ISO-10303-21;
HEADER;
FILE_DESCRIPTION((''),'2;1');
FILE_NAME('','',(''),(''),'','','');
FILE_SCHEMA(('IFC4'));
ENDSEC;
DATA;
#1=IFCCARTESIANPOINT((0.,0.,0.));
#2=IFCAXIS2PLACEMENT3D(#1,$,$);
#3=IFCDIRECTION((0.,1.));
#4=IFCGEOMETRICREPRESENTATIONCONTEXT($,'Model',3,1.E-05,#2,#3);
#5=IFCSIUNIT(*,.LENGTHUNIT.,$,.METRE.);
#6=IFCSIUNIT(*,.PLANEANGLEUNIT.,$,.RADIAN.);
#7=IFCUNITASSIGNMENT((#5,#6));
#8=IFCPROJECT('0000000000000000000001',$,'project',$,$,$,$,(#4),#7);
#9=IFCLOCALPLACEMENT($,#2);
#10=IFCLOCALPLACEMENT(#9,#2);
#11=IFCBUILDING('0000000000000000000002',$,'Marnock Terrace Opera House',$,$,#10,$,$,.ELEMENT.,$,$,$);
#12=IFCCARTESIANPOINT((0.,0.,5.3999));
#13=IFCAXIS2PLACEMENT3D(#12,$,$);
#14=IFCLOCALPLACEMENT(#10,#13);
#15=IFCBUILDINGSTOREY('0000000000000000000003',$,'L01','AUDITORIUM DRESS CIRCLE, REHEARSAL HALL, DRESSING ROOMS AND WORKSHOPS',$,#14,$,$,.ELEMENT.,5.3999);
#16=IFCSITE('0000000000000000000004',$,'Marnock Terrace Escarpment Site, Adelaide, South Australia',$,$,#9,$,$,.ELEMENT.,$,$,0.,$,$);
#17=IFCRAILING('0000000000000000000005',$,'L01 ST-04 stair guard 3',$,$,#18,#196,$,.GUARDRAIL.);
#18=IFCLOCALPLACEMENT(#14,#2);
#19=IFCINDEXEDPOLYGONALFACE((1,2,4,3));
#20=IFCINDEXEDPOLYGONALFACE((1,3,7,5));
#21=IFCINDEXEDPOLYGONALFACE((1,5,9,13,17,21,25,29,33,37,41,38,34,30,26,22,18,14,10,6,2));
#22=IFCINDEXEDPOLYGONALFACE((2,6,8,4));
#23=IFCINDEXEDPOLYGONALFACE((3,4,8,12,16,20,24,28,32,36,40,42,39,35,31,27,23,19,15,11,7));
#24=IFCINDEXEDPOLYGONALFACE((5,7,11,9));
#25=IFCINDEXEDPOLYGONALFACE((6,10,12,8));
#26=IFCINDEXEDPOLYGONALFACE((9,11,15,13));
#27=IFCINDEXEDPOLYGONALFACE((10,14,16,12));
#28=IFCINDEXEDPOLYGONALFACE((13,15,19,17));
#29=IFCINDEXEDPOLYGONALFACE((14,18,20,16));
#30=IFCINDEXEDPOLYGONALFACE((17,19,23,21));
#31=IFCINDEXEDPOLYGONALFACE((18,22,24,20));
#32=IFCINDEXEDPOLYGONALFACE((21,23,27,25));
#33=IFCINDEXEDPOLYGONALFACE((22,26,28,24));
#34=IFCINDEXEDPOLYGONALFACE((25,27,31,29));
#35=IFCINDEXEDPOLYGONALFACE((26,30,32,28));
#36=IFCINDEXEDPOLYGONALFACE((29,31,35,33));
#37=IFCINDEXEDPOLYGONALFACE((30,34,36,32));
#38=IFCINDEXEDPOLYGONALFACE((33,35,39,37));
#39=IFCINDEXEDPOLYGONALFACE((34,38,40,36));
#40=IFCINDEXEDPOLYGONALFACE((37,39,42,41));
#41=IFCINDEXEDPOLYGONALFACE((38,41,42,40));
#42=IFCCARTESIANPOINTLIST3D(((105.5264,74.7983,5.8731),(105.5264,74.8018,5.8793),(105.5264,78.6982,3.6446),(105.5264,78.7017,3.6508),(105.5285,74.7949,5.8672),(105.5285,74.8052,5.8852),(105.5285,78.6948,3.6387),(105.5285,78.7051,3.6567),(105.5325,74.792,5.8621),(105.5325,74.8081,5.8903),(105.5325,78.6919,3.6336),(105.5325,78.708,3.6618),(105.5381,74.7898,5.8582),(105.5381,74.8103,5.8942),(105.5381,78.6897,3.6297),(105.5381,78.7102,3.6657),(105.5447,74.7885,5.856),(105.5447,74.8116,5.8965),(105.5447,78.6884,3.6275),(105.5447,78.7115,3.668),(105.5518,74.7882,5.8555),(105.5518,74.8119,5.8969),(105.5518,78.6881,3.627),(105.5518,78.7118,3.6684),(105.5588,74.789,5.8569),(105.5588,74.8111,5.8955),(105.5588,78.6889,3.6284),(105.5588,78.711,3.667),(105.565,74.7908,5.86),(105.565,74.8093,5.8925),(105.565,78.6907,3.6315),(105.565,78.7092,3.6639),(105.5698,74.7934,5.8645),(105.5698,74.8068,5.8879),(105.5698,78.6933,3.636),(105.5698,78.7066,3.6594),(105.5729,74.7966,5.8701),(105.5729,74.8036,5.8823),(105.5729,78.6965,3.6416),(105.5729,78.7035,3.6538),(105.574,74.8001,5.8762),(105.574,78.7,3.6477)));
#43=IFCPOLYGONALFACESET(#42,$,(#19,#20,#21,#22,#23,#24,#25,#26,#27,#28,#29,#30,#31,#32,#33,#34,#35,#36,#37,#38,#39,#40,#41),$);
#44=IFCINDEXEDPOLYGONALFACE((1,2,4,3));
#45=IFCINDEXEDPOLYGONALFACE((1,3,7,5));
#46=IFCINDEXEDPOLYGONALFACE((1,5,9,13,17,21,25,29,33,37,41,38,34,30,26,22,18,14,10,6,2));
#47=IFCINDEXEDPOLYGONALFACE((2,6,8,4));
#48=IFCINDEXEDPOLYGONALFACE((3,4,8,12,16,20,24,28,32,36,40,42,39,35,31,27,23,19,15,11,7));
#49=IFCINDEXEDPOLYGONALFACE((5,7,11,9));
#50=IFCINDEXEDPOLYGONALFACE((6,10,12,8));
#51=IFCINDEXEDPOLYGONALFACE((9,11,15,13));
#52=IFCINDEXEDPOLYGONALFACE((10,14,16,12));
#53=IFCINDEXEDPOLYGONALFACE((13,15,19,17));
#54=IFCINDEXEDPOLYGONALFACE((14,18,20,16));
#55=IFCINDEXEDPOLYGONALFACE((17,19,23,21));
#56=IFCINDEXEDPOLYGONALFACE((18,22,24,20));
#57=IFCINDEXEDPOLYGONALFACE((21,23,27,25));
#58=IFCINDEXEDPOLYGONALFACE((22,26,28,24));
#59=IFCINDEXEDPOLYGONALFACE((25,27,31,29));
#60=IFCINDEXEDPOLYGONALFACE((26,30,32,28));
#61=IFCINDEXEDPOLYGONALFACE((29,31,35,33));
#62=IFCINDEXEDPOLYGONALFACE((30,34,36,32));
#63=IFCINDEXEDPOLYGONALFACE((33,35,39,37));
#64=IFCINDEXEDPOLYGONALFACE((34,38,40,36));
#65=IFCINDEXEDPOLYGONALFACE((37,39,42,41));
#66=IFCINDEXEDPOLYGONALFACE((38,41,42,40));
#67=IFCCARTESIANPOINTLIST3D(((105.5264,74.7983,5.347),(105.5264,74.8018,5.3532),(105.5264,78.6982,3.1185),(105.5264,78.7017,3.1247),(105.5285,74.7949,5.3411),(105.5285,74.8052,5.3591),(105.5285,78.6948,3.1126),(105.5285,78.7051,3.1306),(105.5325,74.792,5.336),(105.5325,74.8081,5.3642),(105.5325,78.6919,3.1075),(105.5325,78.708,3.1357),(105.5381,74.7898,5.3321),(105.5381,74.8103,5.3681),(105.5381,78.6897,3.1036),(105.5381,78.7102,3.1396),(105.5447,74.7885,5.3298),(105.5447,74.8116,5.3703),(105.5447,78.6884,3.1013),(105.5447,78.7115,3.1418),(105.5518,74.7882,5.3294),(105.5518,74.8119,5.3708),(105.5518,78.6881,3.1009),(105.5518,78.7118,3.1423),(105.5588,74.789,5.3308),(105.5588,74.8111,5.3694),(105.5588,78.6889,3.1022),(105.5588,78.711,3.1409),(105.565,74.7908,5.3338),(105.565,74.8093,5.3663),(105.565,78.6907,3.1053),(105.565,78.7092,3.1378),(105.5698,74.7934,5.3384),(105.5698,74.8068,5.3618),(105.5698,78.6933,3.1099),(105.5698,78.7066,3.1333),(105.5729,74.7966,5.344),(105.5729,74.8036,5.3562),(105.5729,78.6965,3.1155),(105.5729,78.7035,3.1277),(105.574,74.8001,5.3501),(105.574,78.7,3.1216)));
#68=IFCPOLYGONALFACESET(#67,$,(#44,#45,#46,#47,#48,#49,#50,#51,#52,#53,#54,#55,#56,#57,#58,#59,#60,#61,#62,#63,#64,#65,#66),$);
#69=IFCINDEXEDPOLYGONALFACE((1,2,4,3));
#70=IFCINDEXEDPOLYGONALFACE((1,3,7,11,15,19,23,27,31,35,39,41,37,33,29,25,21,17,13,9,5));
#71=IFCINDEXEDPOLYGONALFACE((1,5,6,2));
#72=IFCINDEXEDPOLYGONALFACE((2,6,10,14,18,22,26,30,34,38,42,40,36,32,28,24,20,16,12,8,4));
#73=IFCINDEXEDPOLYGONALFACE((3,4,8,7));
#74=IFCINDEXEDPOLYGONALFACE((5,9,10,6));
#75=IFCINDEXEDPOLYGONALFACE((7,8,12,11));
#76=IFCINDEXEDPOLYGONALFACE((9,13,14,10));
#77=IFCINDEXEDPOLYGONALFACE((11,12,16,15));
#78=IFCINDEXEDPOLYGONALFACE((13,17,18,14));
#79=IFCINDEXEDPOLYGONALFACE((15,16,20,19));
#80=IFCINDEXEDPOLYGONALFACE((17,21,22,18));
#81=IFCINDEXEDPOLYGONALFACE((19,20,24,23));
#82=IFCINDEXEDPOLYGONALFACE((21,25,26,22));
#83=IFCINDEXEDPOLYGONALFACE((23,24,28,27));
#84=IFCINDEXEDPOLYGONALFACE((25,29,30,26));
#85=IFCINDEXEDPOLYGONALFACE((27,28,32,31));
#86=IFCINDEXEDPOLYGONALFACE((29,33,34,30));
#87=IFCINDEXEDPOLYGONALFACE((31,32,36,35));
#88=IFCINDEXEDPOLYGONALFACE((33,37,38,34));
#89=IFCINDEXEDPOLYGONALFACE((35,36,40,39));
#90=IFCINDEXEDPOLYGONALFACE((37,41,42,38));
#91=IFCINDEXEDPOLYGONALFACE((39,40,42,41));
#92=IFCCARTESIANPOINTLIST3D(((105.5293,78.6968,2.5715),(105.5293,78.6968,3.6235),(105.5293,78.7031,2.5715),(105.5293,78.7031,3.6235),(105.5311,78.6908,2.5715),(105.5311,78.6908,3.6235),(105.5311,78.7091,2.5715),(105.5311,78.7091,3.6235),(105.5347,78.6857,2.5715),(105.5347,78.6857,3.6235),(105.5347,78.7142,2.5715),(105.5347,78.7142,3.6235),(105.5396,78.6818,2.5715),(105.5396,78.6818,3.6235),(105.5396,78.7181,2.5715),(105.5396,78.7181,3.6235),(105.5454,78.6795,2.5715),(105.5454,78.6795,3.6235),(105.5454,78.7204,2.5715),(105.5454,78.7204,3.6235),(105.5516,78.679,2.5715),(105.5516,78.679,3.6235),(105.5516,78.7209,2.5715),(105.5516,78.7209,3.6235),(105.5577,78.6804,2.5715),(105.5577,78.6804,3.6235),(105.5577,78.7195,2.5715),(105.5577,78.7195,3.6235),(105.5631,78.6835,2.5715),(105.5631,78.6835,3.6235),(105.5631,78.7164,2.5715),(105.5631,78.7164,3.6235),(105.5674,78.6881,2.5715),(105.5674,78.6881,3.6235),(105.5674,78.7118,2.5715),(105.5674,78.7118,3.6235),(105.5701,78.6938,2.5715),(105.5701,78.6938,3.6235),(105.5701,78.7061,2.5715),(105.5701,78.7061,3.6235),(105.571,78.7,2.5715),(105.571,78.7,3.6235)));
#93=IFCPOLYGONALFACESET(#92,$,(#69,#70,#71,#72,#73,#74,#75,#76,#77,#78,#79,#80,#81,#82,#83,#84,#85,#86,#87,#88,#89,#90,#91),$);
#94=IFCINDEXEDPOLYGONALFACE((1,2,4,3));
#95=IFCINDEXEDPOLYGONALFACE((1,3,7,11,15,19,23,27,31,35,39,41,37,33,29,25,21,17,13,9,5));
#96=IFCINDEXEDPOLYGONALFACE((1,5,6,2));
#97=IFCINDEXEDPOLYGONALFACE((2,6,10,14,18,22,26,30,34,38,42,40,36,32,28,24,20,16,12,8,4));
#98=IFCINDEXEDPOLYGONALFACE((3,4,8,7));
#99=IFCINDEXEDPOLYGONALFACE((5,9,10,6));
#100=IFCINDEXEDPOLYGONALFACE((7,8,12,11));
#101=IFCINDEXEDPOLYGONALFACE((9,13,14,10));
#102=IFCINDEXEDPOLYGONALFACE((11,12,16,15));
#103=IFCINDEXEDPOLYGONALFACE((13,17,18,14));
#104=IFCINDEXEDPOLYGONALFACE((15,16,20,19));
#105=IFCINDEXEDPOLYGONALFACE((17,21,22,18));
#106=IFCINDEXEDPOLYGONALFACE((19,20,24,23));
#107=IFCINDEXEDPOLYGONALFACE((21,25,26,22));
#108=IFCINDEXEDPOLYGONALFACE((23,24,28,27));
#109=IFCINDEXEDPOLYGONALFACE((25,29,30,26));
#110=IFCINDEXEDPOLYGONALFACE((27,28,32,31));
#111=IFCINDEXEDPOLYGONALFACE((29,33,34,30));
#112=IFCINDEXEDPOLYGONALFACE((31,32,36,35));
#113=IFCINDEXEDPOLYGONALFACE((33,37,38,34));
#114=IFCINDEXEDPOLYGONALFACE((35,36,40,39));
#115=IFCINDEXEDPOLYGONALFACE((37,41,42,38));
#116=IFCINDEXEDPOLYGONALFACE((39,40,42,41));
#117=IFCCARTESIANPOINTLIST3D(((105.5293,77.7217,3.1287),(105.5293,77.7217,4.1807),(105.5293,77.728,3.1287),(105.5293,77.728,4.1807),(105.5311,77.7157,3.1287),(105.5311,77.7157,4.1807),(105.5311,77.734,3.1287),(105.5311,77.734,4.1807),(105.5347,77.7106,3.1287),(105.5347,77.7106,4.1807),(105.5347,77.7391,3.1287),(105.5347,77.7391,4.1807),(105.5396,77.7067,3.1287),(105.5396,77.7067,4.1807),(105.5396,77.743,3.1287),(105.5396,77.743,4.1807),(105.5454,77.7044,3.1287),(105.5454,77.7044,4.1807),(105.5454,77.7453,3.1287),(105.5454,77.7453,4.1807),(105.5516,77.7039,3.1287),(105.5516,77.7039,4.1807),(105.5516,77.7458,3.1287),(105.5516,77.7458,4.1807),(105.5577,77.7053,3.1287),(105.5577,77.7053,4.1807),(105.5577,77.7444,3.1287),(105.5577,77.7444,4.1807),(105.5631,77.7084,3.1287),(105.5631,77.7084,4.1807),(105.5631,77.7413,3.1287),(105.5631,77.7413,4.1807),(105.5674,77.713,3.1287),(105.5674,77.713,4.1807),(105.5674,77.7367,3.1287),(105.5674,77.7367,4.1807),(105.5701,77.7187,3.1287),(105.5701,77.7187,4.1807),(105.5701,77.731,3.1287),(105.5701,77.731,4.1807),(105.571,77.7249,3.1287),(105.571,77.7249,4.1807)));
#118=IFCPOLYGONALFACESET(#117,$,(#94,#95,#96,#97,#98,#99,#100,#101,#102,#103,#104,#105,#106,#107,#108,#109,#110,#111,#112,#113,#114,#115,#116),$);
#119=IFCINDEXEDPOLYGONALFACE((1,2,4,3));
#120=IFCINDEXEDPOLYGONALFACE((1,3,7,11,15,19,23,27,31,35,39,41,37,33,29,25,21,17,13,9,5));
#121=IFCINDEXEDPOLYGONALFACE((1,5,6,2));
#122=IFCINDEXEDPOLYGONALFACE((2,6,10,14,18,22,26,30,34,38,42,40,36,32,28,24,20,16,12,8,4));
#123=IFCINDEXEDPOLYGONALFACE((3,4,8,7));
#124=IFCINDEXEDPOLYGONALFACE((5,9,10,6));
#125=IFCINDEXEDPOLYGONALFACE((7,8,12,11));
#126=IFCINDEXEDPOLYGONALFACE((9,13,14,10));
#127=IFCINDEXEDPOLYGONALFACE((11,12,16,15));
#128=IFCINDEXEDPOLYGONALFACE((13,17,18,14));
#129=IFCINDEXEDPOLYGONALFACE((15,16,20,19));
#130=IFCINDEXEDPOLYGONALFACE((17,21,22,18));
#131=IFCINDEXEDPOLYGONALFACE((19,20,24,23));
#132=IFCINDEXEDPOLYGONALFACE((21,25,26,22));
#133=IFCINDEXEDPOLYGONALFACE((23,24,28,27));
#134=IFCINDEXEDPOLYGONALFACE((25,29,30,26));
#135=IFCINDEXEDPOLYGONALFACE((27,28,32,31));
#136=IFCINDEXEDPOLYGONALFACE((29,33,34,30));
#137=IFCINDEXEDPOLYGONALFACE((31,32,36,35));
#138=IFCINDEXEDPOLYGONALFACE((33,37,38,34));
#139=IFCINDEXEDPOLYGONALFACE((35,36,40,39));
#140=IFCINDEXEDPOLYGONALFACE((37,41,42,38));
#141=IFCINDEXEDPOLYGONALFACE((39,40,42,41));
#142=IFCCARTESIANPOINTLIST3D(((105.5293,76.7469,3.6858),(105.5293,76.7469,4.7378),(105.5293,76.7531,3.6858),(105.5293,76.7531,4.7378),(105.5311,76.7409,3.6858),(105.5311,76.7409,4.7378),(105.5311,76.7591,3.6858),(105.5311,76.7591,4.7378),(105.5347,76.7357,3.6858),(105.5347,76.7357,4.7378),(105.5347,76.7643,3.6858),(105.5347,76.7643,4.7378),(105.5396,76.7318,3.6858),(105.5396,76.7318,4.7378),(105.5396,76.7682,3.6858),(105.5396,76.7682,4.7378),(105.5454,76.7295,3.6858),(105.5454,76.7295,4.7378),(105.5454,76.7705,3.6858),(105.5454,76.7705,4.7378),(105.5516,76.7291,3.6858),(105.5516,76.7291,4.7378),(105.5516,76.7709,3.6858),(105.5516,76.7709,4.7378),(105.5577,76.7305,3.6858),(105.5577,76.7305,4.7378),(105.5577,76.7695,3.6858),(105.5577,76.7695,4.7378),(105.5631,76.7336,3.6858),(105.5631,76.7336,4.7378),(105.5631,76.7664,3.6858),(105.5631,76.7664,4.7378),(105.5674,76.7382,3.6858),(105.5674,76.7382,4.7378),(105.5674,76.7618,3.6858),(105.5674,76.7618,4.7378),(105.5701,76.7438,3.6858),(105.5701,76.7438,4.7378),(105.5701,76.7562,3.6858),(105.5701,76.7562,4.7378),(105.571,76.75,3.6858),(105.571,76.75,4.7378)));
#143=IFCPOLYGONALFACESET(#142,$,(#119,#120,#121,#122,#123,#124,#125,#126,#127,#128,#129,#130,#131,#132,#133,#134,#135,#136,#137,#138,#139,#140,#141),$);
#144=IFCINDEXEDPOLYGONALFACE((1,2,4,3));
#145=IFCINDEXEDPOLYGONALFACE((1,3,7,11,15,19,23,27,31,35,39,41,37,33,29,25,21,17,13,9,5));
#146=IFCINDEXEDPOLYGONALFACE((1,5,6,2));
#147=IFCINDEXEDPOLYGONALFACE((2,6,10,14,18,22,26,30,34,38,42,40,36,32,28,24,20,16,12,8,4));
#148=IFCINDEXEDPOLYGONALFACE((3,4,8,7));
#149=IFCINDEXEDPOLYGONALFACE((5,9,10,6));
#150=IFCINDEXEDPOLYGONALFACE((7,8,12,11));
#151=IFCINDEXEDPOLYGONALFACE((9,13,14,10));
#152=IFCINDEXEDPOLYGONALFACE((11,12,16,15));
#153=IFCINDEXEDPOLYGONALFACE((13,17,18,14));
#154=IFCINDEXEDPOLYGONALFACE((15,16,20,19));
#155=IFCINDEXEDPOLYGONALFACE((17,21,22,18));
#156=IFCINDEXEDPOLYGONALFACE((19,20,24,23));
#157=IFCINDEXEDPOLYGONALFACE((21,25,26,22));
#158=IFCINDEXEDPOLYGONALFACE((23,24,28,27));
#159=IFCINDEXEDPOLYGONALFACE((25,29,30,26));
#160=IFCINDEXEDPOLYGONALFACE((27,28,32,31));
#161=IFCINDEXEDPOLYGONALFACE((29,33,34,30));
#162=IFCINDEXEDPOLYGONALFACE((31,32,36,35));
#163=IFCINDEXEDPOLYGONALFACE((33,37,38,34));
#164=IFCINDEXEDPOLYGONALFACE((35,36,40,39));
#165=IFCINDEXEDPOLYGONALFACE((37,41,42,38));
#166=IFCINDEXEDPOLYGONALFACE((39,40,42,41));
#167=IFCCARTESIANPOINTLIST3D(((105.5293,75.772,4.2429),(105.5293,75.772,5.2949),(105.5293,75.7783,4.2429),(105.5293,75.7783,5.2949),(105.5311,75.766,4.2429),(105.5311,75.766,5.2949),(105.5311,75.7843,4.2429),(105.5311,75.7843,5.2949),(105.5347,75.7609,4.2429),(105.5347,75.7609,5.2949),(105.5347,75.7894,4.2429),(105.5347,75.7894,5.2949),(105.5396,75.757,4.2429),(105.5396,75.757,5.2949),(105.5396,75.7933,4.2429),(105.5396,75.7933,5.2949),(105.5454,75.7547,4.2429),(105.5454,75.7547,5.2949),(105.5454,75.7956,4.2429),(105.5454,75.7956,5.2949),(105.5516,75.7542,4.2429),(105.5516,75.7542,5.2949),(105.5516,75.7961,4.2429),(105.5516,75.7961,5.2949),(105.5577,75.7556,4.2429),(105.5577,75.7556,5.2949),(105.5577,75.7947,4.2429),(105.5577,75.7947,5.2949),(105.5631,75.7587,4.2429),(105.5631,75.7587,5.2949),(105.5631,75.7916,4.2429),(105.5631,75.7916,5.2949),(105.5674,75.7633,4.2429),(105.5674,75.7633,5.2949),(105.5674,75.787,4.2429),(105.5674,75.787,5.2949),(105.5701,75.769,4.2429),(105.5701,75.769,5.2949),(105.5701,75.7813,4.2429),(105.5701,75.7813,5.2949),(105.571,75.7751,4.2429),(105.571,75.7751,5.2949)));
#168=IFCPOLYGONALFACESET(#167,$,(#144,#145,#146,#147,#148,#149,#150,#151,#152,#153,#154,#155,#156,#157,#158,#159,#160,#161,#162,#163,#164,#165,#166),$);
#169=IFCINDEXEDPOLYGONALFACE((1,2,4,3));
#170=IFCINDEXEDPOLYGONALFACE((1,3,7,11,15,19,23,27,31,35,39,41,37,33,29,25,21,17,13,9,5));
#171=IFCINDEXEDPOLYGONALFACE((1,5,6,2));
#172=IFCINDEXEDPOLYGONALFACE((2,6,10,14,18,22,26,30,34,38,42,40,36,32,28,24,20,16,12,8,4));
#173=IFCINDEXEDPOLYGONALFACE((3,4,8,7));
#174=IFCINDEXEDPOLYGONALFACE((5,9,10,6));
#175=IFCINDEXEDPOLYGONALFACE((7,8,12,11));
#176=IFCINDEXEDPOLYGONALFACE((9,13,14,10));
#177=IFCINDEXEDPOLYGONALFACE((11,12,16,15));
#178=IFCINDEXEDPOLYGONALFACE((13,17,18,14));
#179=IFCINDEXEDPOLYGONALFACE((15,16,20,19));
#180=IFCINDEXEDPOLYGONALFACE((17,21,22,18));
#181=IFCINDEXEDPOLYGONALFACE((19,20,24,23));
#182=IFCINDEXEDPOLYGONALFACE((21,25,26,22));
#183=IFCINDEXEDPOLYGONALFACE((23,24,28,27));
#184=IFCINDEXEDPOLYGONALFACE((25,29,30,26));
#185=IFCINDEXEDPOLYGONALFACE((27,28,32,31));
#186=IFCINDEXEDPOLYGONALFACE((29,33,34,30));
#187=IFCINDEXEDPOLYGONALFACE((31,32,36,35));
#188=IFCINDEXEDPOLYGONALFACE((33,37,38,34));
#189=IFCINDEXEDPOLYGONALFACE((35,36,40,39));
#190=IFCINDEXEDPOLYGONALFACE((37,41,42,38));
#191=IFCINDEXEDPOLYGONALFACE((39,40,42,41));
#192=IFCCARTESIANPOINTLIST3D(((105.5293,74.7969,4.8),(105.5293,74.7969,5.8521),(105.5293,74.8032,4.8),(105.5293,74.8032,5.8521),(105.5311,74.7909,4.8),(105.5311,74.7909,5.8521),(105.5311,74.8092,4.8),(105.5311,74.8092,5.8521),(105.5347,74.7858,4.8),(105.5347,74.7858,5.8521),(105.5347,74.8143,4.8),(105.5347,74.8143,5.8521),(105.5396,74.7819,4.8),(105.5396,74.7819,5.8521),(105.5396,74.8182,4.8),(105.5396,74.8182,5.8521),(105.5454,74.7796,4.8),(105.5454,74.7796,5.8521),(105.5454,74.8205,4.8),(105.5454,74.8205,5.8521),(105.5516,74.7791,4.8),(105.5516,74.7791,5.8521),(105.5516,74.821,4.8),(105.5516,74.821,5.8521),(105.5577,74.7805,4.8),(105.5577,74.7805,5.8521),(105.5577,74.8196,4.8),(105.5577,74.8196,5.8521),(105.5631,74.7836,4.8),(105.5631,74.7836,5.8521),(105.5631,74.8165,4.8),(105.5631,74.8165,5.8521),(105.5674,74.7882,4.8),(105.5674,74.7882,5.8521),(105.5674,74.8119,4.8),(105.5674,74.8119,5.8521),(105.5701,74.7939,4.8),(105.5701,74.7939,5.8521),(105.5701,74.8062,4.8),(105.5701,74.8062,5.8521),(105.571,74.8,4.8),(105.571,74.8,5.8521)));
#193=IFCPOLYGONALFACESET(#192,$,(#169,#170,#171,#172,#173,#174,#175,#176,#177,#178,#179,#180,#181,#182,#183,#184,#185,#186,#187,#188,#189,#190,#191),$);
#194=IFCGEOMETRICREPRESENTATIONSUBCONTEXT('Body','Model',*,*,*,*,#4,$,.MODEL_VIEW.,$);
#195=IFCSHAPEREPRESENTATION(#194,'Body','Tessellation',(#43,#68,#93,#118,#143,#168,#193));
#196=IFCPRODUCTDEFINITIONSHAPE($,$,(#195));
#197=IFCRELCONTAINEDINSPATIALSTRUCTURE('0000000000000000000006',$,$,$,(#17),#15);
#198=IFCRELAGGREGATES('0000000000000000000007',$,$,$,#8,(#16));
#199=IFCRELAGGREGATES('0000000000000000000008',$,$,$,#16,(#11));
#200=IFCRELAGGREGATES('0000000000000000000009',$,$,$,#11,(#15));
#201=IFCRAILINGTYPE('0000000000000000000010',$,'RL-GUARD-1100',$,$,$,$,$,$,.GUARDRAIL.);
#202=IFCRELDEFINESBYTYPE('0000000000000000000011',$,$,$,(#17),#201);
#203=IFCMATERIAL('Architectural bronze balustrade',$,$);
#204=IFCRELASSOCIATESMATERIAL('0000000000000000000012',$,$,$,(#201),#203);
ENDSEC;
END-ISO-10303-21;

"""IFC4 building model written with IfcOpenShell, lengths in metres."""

from ifc_helpers import new_model, si_unit, direction, frame, origin, origin_2d, place, context, subcontext, project, spatial, circle, extrude, material, type_object, element, save


model = new_model("IFC4")

# Units and contexts
model_context = context("Model", 3, precision=1e-05, world=origin(), true_north=direction((0.0, 1.0)))
body_context = subcontext(model_context, "Body", "Model", "MODEL_VIEW")
ifc_project = project(units=[si_unit("LENGTHUNIT", "METRE"), si_unit("PLANEANGLEUNIT", "RADIAN")], contexts=[model_context])

# Site, building, storey
site_placement = place(None, origin())
site = spatial("IfcSite", under=ifc_project, at=site_placement, Name="Marnock Terrace Escarpment Site, Adelaide, South Australia", CompositionType="ELEMENT", RefElevation=0.0)
building_placement = place(site_placement, origin())
building = spatial("IfcBuilding", under=site, at=building_placement, Name="Marnock Terrace Opera House", CompositionType="ELEMENT")
storey_placement = place(building_placement, frame((0.0, 0.0, 5.3999)))
storey = spatial("IfcBuildingStorey", under=building, at=storey_placement, Name="L01", Description="AUDITORIUM DRESS CIRCLE, REHEARSAL HALL, DRESSING ROOMS AND WORKSHOPS", CompositionType="ELEMENT", Elevation=5.3999)

# Railing
ifc_material_1 = material(Name="Architectural bronze balustrade")
railing_type_1 = type_object("IfcRailingType", Name="RL-GUARD-1100", PredefinedType="GUARDRAIL", material=ifc_material_1)
railing_1_placement = place(storey_placement, frame((105.55, 78.7, 2.5715)))
element("IfcRailing", 1, at=railing_1_placement, inside=storey, type_object=railing_type_1, Name="L01 ST-04 stair guard 3", PredefinedType="GUARDRAIL", context=body_context, shape_type="SweptSolid", body=[
    extrude(circle(Radius=0.0239, at=origin_2d()), frame((0.0, 0.0, 1.0762), z_axis=(0.0, -0.868243, 0.496139), x_axis=(1.0, 0.0, 0.0)), (0.0, 0.0, 1.0), 4.4917),
    extrude(circle(Radius=0.0239, at=origin_2d()), frame((0.0, 0.0, 0.55), z_axis=(0.0, -0.868243, 0.496139), x_axis=(1.0, 0.0, 0.0)), (0.0, 0.0, 1.0), 4.4917),
    extrude(circle(Radius=0.021, at=origin_2d()), origin(), (0.0, 0.0, 1.0), 1.052),
    extrude(circle(Radius=0.021, at=origin_2d()), frame((0.0, -0.9751, 0.5571)), (0.0, 0.0, 1.0), 1.052),
    extrude(circle(Radius=0.021, at=origin_2d()), frame((0.0, -1.95, 1.1143)), (0.0, 0.0, 1.0), 1.052),
    extrude(circle(Radius=0.021, at=origin_2d()), frame((0.0, -2.9248, 1.6714)), (0.0, 0.0, 1.0), 1.052),
    extrude(circle(Radius=0.021, at=origin_2d()), frame((0.0, -3.8999, 2.2285)), (0.0, 0.0, 1.0), 1.052),
])

save(model, "model.ifc")
